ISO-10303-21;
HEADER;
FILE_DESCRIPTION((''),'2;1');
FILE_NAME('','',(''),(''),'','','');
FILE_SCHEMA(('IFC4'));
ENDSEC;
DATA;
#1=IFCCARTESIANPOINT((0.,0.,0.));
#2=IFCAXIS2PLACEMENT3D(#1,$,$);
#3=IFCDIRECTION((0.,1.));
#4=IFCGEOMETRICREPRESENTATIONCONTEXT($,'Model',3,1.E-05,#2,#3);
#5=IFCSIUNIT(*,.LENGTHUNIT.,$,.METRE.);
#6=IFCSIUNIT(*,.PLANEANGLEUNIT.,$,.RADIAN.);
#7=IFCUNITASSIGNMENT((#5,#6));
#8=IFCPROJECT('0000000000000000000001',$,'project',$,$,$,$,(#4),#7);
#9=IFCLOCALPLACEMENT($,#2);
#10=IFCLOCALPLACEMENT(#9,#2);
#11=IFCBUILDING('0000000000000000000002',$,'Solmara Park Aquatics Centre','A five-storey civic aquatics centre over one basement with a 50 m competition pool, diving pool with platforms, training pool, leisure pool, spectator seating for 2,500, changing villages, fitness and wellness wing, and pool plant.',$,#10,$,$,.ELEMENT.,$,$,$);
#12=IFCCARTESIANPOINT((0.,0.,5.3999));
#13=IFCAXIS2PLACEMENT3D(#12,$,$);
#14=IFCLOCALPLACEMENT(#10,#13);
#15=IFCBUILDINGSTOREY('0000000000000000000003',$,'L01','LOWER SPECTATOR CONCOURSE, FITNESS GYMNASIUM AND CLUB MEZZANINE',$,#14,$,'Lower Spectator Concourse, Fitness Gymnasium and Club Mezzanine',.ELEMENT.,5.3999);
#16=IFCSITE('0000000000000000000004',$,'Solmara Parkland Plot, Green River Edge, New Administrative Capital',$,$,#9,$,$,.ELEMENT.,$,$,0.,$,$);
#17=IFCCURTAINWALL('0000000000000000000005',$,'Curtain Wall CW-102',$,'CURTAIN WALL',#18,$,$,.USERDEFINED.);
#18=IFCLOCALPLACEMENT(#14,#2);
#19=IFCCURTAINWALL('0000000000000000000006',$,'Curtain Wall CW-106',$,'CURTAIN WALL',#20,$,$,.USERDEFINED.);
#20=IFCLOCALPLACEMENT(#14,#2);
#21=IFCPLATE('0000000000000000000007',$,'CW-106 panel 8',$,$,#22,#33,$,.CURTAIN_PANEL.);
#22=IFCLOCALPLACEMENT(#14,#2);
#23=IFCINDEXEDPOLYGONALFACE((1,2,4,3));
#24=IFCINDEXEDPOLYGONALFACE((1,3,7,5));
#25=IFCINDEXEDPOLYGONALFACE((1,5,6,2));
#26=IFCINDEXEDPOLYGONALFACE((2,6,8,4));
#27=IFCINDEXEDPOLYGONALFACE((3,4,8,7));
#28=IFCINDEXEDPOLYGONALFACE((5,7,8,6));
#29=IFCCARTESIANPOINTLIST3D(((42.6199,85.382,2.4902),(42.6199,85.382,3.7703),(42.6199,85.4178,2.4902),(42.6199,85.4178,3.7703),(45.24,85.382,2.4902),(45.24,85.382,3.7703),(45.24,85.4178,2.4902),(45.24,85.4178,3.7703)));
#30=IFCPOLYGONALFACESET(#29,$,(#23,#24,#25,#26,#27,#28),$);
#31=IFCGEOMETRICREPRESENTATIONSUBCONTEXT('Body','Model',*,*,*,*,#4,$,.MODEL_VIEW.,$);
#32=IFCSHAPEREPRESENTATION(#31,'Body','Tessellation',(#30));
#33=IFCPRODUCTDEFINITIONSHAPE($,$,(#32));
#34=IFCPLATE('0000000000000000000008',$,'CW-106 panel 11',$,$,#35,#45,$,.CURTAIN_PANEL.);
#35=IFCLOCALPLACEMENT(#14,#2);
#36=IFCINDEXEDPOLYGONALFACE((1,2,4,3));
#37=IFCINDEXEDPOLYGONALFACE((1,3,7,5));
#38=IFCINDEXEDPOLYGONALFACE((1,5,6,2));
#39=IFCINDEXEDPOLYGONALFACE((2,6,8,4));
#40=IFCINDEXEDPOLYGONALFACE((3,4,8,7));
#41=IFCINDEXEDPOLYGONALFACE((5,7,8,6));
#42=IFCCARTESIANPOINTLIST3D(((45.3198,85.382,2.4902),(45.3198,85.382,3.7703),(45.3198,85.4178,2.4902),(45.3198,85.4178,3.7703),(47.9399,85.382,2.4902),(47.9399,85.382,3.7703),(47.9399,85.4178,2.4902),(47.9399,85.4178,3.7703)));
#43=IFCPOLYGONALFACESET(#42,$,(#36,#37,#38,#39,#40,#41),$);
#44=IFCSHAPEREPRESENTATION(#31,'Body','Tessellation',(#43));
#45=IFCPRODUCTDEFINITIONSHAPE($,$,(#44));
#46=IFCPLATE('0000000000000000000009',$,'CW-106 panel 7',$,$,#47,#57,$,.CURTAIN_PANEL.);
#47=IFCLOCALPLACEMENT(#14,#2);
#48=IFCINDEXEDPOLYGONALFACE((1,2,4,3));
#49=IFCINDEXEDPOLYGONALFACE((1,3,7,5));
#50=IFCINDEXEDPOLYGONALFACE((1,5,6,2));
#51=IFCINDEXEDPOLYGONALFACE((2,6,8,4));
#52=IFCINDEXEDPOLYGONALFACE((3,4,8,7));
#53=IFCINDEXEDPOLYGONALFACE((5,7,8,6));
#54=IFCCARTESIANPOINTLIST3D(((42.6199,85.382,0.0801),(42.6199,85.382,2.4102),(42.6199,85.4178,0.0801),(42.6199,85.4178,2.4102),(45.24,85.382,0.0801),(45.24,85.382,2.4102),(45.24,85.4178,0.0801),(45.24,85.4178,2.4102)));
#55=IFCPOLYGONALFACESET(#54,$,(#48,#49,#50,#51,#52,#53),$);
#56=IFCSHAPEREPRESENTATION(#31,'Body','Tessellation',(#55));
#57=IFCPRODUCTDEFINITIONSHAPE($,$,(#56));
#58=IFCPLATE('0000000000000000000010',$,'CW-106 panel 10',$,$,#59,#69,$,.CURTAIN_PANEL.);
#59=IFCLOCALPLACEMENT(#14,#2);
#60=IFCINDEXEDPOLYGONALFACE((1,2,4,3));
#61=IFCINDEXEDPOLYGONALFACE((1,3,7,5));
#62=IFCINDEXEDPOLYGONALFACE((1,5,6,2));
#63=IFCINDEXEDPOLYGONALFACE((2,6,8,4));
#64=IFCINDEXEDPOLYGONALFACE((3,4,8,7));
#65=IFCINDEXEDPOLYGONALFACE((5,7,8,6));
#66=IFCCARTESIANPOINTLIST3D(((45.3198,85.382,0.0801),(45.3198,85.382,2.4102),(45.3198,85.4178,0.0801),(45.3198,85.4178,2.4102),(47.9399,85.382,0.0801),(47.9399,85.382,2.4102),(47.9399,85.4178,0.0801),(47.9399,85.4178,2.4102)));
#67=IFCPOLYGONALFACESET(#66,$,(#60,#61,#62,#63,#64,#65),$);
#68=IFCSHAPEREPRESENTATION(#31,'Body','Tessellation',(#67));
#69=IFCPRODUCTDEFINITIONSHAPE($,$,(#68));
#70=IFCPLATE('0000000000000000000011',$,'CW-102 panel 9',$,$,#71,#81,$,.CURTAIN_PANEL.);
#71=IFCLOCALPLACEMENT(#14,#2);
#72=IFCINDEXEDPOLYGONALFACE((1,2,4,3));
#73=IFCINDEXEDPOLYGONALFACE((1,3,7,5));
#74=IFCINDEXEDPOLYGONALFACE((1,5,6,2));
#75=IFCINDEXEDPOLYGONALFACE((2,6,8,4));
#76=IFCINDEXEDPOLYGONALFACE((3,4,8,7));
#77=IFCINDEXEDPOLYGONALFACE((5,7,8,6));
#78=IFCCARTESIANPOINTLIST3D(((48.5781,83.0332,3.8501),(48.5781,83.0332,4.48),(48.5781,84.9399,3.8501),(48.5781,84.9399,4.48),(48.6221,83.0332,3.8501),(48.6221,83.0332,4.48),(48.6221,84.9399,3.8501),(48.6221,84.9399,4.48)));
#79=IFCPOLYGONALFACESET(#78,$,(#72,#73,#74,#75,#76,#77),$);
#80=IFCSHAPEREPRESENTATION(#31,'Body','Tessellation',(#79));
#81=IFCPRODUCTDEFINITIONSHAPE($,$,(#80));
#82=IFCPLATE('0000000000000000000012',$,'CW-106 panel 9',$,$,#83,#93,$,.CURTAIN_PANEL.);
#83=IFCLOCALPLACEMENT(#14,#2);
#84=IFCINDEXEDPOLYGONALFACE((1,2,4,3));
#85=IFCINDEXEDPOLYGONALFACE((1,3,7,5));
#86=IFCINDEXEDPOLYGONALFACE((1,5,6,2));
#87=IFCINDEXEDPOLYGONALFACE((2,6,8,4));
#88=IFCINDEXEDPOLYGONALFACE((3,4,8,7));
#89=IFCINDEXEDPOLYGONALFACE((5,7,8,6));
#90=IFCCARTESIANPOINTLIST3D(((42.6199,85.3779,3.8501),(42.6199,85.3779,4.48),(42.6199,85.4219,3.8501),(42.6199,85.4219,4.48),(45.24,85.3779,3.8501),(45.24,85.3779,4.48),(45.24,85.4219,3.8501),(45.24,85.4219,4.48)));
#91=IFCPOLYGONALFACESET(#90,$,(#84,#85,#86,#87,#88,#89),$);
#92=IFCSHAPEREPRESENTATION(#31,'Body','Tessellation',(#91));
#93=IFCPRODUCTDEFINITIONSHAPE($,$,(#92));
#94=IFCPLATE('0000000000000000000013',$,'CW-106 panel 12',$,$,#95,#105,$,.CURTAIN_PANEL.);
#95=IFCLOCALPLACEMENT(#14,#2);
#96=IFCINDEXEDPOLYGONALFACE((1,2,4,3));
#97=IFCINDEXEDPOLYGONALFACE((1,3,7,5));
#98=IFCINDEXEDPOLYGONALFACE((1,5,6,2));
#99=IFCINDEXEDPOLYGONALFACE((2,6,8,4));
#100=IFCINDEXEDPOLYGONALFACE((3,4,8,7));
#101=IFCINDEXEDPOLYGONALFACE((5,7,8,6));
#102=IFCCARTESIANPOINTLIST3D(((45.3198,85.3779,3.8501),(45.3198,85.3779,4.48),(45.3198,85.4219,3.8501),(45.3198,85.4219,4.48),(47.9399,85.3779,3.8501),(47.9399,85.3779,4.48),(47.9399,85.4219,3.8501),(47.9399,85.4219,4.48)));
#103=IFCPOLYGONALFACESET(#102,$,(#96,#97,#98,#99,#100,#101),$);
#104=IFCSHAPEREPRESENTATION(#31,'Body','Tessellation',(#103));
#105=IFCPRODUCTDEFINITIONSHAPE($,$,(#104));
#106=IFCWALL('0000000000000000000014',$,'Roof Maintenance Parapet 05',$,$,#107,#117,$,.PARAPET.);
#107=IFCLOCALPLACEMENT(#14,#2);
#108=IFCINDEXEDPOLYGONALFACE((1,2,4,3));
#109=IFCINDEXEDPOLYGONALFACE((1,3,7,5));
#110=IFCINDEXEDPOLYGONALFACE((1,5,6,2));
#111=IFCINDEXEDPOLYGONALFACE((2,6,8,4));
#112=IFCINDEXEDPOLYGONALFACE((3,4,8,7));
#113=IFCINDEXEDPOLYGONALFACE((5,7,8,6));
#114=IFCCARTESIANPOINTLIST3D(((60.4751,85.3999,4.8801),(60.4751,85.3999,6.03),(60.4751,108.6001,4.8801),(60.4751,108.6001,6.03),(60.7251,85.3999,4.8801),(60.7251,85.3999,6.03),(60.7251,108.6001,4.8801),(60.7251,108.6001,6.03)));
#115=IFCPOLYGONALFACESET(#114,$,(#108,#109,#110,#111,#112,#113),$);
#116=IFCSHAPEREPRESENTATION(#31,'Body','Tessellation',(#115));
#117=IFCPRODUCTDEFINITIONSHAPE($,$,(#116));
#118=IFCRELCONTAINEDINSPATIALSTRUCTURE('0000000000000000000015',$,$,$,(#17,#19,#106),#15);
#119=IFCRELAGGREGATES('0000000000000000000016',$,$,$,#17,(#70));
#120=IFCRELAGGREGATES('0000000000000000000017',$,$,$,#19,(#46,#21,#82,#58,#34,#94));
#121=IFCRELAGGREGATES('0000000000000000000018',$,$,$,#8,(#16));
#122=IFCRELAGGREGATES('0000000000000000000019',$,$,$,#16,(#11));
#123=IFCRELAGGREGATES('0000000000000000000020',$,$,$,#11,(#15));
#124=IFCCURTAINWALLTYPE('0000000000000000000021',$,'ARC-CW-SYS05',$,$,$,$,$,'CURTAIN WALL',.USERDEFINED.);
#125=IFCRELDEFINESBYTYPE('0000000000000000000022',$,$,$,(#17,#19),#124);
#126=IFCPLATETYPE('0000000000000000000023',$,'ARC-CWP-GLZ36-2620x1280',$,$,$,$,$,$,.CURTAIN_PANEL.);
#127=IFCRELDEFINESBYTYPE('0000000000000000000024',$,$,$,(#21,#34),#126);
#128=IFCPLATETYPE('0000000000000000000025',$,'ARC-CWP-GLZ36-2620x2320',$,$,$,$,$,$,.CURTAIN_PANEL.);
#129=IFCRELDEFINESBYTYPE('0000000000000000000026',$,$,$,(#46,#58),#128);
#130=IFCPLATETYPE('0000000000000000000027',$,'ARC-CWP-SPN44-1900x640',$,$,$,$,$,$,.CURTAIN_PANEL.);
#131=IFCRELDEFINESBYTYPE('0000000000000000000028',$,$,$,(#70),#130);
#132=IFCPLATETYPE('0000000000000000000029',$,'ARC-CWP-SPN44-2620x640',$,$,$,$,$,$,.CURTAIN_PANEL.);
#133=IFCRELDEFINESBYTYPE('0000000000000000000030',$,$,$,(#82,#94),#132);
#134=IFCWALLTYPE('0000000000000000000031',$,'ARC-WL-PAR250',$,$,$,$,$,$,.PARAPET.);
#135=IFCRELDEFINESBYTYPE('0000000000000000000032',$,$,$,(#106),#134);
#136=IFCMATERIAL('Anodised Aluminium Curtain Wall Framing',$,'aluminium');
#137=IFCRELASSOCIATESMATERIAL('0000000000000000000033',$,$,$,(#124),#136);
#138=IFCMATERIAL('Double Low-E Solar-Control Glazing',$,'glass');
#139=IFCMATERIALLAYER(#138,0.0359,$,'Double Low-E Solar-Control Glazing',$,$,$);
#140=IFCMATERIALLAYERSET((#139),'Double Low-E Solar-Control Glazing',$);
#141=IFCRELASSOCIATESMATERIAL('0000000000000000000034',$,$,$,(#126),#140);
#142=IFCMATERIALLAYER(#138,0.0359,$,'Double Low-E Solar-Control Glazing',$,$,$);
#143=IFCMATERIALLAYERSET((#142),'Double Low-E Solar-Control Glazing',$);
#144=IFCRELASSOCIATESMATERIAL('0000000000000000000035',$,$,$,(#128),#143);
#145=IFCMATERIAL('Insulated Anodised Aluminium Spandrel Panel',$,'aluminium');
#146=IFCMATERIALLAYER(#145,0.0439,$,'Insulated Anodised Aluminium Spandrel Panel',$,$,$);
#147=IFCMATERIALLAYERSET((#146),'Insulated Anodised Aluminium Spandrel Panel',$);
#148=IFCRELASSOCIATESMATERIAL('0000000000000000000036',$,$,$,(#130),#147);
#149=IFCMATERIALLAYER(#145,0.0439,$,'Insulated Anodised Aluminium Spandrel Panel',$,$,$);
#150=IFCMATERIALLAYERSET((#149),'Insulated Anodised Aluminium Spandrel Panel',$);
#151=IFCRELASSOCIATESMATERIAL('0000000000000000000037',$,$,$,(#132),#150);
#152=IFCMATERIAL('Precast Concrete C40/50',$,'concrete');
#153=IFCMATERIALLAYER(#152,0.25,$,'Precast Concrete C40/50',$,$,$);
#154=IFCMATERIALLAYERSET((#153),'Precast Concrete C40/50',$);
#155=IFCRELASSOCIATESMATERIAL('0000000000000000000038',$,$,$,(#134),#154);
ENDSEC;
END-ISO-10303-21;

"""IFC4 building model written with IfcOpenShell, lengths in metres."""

from ifc_helpers import new_model, si_unit, direction, frame, frame_2d, origin, origin_2d, place, context, subcontext, project, spatial, rectangle, extrude, material, layer, layer_set, type_object, element, aggregate, save


model = new_model("IFC4")

# Units and contexts
model_context = context("Model", 3, precision=1e-05, world=origin(), true_north=direction((0.0, 1.0)))
body_context = subcontext(model_context, "Body", "Model", "MODEL_VIEW")
ifc_project = project(units=[si_unit("LENGTHUNIT", "METRE"), si_unit("PLANEANGLEUNIT", "RADIAN")], contexts=[model_context])

# Site, building, storey
site_placement = place(None, origin())
site = spatial("IfcSite", under=ifc_project, at=site_placement, Name="Solmara Parkland Plot, Green River Edge, New Administrative Capital", CompositionType="ELEMENT", RefElevation=0.0)
building_placement = place(site_placement, origin())
building = spatial("IfcBuilding", under=site, at=building_placement, Name="Solmara Park Aquatics Centre", Description="A five-storey civic aquatics centre over one basement with a 50 m competition pool, diving pool with platforms, training pool, leisure pool, spectator seating for 2,500, changing villages, fitness and wellness wing, and pool plant.", CompositionType="ELEMENT")
storey_placement = place(building_placement, frame((0.0, 0.0, 5.3999)))
storey = spatial("IfcBuildingStorey", under=building, at=storey_placement, Name="L01", Description="LOWER SPECTATOR CONCOURSE, FITNESS GYMNASIUM AND CLUB MEZZANINE", LongName="Lower Spectator Concourse, Fitness Gymnasium and Club Mezzanine", CompositionType="ELEMENT", Elevation=5.3999)

# Curtain wall
ifc_material_1 = material(Name="Anodised Aluminium Curtain Wall Framing", Category="aluminium")
curtain_wall_type = type_object("IfcCurtainWallType", Name="ARC-CW-SYS05", ElementType="CURTAIN WALL", PredefinedType="USERDEFINED", material=ifc_material_1)
curtain_wall_1_placement = place(storey_placement, origin())
curtain_wall_1 = element("IfcCurtainWall", 1, at=curtain_wall_1_placement, inside=storey, type_object=curtain_wall_type, Name="Curtain Wall CW-102", ObjectType="CURTAIN WALL", PredefinedType="USERDEFINED")

# Curtain wall
curtain_wall_2_placement = place(storey_placement, origin())
curtain_wall_2 = element("IfcCurtainWall", 2, at=curtain_wall_2_placement, inside=storey, type_object=curtain_wall_type, Name="Curtain Wall CW-106", ObjectType="CURTAIN WALL", PredefinedType="USERDEFINED")

# Plates
ifc_material_2 = material(Name="Double Low-E Solar-Control Glazing", Category="glass")
ifc_layer_1 = layer(ifc_material_2, 0.0359, Name="Double Low-E Solar-Control Glazing")
ifc_layer_set_1 = layer_set([ifc_layer_1], Name="Double Low-E Solar-Control Glazing")
plate_type_1 = type_object("IfcPlateType", Name="ARC-CWP-GLZ36-2620x1280", PredefinedType="CURTAIN_PANEL", material=ifc_layer_set_1)
plate_1_placement = place(storey_placement, frame((43.9299, 85.3999, 2.4902), z_axis=(0.0, 0.0, 1.0), x_axis=(1.0, 0.0, 0.0)))
plate_1 = element("IfcPlate", 3, at=plate_1_placement, type_object=plate_type_1, Name="CW-106 panel 8", PredefinedType="CURTAIN_PANEL", context=body_context, shape_type="SweptSolid", body=[
    extrude(rectangle(XDim=2.6201, YDim=0.0359, at=origin_2d()), origin(), (0.0, 0.0, 1.0), 1.28),
])
plate_2_placement = place(storey_placement, frame((46.6299, 85.3999, 2.4902), z_axis=(0.0, 0.0, 1.0), x_axis=(1.0, 0.0, 0.0)))
plate_2 = element("IfcPlate", 4, at=plate_2_placement, type_object=plate_type_1, Name="CW-106 panel 11", PredefinedType="CURTAIN_PANEL", context=body_context, shape_type="SweptSolid", body=[
    extrude(rectangle(XDim=2.6201, YDim=0.0359, at=origin_2d()), origin(), (0.0, 0.0, 1.0), 1.28),
])
ifc_layer_2 = layer(ifc_material_2, 0.0359, Name="Double Low-E Solar-Control Glazing")
ifc_layer_set_2 = layer_set([ifc_layer_2], Name="Double Low-E Solar-Control Glazing")
plate_type_2 = type_object("IfcPlateType", Name="ARC-CWP-GLZ36-2620x2320", PredefinedType="CURTAIN_PANEL", material=ifc_layer_set_2)
plate_3_placement = place(storey_placement, frame((43.9299, 85.3999, 0.0801), z_axis=(0.0, 0.0, 1.0), x_axis=(1.0, 0.0, 0.0)))
plate_3 = element("IfcPlate", 5, at=plate_3_placement, type_object=plate_type_2, Name="CW-106 panel 7", PredefinedType="CURTAIN_PANEL", context=body_context, shape_type="SweptSolid", body=[
    extrude(rectangle(XDim=2.6201, YDim=0.0359, at=origin_2d()), origin(), (0.0, 0.0, 1.0), 2.3301),
])
plate_4_placement = place(storey_placement, frame((46.6299, 85.3999, 0.0801), z_axis=(0.0, 0.0, 1.0), x_axis=(1.0, 0.0, 0.0)))
plate_4 = element("IfcPlate", 6, at=plate_4_placement, type_object=plate_type_2, Name="CW-106 panel 10", PredefinedType="CURTAIN_PANEL", context=body_context, shape_type="SweptSolid", body=[
    extrude(rectangle(XDim=2.6201, YDim=0.0359, at=origin_2d()), origin(), (0.0, 0.0, 1.0), 2.3301),
])
ifc_material_3 = material(Name="Insulated Anodised Aluminium Spandrel Panel", Category="aluminium")
ifc_layer_3 = layer(ifc_material_3, 0.0439, Name="Insulated Anodised Aluminium Spandrel Panel")
ifc_layer_set_3 = layer_set([ifc_layer_3], Name="Insulated Anodised Aluminium Spandrel Panel")
plate_type_3 = type_object("IfcPlateType", Name="ARC-CWP-SPN44-1900x640", PredefinedType="CURTAIN_PANEL", material=ifc_layer_set_3)
plate_5_placement = place(storey_placement, frame((48.6001, 83.9866, 3.8501), z_axis=(0.0, 0.0, 1.0), x_axis=(0.0, 1.0, 0.0)))
plate_5 = element("IfcPlate", 7, at=plate_5_placement, type_object=plate_type_3, Name="CW-102 panel 9", PredefinedType="CURTAIN_PANEL", context=body_context, shape_type="SweptSolid", body=[
    extrude(rectangle(XDim=1.9067, YDim=0.0439, at=origin_2d()), origin(), (0.0, 0.0, 1.0), 0.6299),
])
aggregate(curtain_wall_1, [plate_5])
ifc_layer_4 = layer(ifc_material_3, 0.0439, Name="Insulated Anodised Aluminium Spandrel Panel")
ifc_layer_set_4 = layer_set([ifc_layer_4], Name="Insulated Anodised Aluminium Spandrel Panel")
plate_type_4 = type_object("IfcPlateType", Name="ARC-CWP-SPN44-2620x640", PredefinedType="CURTAIN_PANEL", material=ifc_layer_set_4)
plate_6_placement = place(storey_placement, frame((43.9299, 85.3999, 3.8501), z_axis=(0.0, 0.0, 1.0), x_axis=(1.0, 0.0, 0.0)))
plate_6 = element("IfcPlate", 8, at=plate_6_placement, type_object=plate_type_4, Name="CW-106 panel 9", PredefinedType="CURTAIN_PANEL", context=body_context, shape_type="SweptSolid", body=[
    extrude(rectangle(XDim=2.6201, YDim=0.0439, at=origin_2d()), origin(), (0.0, 0.0, 1.0), 0.6299),
])
plate_7_placement = place(storey_placement, frame((46.6299, 85.3999, 3.8501), z_axis=(0.0, 0.0, 1.0), x_axis=(1.0, 0.0, 0.0)))
plate_7 = element("IfcPlate", 9, at=plate_7_placement, type_object=plate_type_4, Name="CW-106 panel 12", PredefinedType="CURTAIN_PANEL", context=body_context, shape_type="SweptSolid", body=[
    extrude(rectangle(XDim=2.6201, YDim=0.0439, at=origin_2d()), origin(), (0.0, 0.0, 1.0), 0.6299),
])
aggregate(curtain_wall_2, [plate_3, plate_1, plate_6, plate_4, plate_2, plate_7])

# Wall
ifc_material_4 = material(Name="Precast Concrete C40/50", Category="concrete")
ifc_layer_5 = layer(ifc_material_4, 0.25, Name="Precast Concrete C40/50")
ifc_layer_set_5 = layer_set([ifc_layer_5], Name="Precast Concrete C40/50")
wall_type = type_object("IfcWallType", Name="ARC-WL-PAR250", PredefinedType="PARAPET", material=ifc_layer_set_5)
wall_placement = place(storey_placement, frame((60.6001, 85.3999, 4.8801), z_axis=(0.0, 0.0, 1.0), x_axis=(0.0, 1.0, 0.0)))
element("IfcWall", 10, at=wall_placement, inside=storey, type_object=wall_type, Name="Roof Maintenance Parapet 05", PredefinedType="PARAPET", context=body_context, shape_type="SweptSolid", body=[
    extrude(rectangle(XDim=23.2002, YDim=0.25, at=frame_2d((11.6001, 0.0))), origin(), (0.0, 0.0, 1.0), 1.1499),
])

save(model, "model.ifc")
